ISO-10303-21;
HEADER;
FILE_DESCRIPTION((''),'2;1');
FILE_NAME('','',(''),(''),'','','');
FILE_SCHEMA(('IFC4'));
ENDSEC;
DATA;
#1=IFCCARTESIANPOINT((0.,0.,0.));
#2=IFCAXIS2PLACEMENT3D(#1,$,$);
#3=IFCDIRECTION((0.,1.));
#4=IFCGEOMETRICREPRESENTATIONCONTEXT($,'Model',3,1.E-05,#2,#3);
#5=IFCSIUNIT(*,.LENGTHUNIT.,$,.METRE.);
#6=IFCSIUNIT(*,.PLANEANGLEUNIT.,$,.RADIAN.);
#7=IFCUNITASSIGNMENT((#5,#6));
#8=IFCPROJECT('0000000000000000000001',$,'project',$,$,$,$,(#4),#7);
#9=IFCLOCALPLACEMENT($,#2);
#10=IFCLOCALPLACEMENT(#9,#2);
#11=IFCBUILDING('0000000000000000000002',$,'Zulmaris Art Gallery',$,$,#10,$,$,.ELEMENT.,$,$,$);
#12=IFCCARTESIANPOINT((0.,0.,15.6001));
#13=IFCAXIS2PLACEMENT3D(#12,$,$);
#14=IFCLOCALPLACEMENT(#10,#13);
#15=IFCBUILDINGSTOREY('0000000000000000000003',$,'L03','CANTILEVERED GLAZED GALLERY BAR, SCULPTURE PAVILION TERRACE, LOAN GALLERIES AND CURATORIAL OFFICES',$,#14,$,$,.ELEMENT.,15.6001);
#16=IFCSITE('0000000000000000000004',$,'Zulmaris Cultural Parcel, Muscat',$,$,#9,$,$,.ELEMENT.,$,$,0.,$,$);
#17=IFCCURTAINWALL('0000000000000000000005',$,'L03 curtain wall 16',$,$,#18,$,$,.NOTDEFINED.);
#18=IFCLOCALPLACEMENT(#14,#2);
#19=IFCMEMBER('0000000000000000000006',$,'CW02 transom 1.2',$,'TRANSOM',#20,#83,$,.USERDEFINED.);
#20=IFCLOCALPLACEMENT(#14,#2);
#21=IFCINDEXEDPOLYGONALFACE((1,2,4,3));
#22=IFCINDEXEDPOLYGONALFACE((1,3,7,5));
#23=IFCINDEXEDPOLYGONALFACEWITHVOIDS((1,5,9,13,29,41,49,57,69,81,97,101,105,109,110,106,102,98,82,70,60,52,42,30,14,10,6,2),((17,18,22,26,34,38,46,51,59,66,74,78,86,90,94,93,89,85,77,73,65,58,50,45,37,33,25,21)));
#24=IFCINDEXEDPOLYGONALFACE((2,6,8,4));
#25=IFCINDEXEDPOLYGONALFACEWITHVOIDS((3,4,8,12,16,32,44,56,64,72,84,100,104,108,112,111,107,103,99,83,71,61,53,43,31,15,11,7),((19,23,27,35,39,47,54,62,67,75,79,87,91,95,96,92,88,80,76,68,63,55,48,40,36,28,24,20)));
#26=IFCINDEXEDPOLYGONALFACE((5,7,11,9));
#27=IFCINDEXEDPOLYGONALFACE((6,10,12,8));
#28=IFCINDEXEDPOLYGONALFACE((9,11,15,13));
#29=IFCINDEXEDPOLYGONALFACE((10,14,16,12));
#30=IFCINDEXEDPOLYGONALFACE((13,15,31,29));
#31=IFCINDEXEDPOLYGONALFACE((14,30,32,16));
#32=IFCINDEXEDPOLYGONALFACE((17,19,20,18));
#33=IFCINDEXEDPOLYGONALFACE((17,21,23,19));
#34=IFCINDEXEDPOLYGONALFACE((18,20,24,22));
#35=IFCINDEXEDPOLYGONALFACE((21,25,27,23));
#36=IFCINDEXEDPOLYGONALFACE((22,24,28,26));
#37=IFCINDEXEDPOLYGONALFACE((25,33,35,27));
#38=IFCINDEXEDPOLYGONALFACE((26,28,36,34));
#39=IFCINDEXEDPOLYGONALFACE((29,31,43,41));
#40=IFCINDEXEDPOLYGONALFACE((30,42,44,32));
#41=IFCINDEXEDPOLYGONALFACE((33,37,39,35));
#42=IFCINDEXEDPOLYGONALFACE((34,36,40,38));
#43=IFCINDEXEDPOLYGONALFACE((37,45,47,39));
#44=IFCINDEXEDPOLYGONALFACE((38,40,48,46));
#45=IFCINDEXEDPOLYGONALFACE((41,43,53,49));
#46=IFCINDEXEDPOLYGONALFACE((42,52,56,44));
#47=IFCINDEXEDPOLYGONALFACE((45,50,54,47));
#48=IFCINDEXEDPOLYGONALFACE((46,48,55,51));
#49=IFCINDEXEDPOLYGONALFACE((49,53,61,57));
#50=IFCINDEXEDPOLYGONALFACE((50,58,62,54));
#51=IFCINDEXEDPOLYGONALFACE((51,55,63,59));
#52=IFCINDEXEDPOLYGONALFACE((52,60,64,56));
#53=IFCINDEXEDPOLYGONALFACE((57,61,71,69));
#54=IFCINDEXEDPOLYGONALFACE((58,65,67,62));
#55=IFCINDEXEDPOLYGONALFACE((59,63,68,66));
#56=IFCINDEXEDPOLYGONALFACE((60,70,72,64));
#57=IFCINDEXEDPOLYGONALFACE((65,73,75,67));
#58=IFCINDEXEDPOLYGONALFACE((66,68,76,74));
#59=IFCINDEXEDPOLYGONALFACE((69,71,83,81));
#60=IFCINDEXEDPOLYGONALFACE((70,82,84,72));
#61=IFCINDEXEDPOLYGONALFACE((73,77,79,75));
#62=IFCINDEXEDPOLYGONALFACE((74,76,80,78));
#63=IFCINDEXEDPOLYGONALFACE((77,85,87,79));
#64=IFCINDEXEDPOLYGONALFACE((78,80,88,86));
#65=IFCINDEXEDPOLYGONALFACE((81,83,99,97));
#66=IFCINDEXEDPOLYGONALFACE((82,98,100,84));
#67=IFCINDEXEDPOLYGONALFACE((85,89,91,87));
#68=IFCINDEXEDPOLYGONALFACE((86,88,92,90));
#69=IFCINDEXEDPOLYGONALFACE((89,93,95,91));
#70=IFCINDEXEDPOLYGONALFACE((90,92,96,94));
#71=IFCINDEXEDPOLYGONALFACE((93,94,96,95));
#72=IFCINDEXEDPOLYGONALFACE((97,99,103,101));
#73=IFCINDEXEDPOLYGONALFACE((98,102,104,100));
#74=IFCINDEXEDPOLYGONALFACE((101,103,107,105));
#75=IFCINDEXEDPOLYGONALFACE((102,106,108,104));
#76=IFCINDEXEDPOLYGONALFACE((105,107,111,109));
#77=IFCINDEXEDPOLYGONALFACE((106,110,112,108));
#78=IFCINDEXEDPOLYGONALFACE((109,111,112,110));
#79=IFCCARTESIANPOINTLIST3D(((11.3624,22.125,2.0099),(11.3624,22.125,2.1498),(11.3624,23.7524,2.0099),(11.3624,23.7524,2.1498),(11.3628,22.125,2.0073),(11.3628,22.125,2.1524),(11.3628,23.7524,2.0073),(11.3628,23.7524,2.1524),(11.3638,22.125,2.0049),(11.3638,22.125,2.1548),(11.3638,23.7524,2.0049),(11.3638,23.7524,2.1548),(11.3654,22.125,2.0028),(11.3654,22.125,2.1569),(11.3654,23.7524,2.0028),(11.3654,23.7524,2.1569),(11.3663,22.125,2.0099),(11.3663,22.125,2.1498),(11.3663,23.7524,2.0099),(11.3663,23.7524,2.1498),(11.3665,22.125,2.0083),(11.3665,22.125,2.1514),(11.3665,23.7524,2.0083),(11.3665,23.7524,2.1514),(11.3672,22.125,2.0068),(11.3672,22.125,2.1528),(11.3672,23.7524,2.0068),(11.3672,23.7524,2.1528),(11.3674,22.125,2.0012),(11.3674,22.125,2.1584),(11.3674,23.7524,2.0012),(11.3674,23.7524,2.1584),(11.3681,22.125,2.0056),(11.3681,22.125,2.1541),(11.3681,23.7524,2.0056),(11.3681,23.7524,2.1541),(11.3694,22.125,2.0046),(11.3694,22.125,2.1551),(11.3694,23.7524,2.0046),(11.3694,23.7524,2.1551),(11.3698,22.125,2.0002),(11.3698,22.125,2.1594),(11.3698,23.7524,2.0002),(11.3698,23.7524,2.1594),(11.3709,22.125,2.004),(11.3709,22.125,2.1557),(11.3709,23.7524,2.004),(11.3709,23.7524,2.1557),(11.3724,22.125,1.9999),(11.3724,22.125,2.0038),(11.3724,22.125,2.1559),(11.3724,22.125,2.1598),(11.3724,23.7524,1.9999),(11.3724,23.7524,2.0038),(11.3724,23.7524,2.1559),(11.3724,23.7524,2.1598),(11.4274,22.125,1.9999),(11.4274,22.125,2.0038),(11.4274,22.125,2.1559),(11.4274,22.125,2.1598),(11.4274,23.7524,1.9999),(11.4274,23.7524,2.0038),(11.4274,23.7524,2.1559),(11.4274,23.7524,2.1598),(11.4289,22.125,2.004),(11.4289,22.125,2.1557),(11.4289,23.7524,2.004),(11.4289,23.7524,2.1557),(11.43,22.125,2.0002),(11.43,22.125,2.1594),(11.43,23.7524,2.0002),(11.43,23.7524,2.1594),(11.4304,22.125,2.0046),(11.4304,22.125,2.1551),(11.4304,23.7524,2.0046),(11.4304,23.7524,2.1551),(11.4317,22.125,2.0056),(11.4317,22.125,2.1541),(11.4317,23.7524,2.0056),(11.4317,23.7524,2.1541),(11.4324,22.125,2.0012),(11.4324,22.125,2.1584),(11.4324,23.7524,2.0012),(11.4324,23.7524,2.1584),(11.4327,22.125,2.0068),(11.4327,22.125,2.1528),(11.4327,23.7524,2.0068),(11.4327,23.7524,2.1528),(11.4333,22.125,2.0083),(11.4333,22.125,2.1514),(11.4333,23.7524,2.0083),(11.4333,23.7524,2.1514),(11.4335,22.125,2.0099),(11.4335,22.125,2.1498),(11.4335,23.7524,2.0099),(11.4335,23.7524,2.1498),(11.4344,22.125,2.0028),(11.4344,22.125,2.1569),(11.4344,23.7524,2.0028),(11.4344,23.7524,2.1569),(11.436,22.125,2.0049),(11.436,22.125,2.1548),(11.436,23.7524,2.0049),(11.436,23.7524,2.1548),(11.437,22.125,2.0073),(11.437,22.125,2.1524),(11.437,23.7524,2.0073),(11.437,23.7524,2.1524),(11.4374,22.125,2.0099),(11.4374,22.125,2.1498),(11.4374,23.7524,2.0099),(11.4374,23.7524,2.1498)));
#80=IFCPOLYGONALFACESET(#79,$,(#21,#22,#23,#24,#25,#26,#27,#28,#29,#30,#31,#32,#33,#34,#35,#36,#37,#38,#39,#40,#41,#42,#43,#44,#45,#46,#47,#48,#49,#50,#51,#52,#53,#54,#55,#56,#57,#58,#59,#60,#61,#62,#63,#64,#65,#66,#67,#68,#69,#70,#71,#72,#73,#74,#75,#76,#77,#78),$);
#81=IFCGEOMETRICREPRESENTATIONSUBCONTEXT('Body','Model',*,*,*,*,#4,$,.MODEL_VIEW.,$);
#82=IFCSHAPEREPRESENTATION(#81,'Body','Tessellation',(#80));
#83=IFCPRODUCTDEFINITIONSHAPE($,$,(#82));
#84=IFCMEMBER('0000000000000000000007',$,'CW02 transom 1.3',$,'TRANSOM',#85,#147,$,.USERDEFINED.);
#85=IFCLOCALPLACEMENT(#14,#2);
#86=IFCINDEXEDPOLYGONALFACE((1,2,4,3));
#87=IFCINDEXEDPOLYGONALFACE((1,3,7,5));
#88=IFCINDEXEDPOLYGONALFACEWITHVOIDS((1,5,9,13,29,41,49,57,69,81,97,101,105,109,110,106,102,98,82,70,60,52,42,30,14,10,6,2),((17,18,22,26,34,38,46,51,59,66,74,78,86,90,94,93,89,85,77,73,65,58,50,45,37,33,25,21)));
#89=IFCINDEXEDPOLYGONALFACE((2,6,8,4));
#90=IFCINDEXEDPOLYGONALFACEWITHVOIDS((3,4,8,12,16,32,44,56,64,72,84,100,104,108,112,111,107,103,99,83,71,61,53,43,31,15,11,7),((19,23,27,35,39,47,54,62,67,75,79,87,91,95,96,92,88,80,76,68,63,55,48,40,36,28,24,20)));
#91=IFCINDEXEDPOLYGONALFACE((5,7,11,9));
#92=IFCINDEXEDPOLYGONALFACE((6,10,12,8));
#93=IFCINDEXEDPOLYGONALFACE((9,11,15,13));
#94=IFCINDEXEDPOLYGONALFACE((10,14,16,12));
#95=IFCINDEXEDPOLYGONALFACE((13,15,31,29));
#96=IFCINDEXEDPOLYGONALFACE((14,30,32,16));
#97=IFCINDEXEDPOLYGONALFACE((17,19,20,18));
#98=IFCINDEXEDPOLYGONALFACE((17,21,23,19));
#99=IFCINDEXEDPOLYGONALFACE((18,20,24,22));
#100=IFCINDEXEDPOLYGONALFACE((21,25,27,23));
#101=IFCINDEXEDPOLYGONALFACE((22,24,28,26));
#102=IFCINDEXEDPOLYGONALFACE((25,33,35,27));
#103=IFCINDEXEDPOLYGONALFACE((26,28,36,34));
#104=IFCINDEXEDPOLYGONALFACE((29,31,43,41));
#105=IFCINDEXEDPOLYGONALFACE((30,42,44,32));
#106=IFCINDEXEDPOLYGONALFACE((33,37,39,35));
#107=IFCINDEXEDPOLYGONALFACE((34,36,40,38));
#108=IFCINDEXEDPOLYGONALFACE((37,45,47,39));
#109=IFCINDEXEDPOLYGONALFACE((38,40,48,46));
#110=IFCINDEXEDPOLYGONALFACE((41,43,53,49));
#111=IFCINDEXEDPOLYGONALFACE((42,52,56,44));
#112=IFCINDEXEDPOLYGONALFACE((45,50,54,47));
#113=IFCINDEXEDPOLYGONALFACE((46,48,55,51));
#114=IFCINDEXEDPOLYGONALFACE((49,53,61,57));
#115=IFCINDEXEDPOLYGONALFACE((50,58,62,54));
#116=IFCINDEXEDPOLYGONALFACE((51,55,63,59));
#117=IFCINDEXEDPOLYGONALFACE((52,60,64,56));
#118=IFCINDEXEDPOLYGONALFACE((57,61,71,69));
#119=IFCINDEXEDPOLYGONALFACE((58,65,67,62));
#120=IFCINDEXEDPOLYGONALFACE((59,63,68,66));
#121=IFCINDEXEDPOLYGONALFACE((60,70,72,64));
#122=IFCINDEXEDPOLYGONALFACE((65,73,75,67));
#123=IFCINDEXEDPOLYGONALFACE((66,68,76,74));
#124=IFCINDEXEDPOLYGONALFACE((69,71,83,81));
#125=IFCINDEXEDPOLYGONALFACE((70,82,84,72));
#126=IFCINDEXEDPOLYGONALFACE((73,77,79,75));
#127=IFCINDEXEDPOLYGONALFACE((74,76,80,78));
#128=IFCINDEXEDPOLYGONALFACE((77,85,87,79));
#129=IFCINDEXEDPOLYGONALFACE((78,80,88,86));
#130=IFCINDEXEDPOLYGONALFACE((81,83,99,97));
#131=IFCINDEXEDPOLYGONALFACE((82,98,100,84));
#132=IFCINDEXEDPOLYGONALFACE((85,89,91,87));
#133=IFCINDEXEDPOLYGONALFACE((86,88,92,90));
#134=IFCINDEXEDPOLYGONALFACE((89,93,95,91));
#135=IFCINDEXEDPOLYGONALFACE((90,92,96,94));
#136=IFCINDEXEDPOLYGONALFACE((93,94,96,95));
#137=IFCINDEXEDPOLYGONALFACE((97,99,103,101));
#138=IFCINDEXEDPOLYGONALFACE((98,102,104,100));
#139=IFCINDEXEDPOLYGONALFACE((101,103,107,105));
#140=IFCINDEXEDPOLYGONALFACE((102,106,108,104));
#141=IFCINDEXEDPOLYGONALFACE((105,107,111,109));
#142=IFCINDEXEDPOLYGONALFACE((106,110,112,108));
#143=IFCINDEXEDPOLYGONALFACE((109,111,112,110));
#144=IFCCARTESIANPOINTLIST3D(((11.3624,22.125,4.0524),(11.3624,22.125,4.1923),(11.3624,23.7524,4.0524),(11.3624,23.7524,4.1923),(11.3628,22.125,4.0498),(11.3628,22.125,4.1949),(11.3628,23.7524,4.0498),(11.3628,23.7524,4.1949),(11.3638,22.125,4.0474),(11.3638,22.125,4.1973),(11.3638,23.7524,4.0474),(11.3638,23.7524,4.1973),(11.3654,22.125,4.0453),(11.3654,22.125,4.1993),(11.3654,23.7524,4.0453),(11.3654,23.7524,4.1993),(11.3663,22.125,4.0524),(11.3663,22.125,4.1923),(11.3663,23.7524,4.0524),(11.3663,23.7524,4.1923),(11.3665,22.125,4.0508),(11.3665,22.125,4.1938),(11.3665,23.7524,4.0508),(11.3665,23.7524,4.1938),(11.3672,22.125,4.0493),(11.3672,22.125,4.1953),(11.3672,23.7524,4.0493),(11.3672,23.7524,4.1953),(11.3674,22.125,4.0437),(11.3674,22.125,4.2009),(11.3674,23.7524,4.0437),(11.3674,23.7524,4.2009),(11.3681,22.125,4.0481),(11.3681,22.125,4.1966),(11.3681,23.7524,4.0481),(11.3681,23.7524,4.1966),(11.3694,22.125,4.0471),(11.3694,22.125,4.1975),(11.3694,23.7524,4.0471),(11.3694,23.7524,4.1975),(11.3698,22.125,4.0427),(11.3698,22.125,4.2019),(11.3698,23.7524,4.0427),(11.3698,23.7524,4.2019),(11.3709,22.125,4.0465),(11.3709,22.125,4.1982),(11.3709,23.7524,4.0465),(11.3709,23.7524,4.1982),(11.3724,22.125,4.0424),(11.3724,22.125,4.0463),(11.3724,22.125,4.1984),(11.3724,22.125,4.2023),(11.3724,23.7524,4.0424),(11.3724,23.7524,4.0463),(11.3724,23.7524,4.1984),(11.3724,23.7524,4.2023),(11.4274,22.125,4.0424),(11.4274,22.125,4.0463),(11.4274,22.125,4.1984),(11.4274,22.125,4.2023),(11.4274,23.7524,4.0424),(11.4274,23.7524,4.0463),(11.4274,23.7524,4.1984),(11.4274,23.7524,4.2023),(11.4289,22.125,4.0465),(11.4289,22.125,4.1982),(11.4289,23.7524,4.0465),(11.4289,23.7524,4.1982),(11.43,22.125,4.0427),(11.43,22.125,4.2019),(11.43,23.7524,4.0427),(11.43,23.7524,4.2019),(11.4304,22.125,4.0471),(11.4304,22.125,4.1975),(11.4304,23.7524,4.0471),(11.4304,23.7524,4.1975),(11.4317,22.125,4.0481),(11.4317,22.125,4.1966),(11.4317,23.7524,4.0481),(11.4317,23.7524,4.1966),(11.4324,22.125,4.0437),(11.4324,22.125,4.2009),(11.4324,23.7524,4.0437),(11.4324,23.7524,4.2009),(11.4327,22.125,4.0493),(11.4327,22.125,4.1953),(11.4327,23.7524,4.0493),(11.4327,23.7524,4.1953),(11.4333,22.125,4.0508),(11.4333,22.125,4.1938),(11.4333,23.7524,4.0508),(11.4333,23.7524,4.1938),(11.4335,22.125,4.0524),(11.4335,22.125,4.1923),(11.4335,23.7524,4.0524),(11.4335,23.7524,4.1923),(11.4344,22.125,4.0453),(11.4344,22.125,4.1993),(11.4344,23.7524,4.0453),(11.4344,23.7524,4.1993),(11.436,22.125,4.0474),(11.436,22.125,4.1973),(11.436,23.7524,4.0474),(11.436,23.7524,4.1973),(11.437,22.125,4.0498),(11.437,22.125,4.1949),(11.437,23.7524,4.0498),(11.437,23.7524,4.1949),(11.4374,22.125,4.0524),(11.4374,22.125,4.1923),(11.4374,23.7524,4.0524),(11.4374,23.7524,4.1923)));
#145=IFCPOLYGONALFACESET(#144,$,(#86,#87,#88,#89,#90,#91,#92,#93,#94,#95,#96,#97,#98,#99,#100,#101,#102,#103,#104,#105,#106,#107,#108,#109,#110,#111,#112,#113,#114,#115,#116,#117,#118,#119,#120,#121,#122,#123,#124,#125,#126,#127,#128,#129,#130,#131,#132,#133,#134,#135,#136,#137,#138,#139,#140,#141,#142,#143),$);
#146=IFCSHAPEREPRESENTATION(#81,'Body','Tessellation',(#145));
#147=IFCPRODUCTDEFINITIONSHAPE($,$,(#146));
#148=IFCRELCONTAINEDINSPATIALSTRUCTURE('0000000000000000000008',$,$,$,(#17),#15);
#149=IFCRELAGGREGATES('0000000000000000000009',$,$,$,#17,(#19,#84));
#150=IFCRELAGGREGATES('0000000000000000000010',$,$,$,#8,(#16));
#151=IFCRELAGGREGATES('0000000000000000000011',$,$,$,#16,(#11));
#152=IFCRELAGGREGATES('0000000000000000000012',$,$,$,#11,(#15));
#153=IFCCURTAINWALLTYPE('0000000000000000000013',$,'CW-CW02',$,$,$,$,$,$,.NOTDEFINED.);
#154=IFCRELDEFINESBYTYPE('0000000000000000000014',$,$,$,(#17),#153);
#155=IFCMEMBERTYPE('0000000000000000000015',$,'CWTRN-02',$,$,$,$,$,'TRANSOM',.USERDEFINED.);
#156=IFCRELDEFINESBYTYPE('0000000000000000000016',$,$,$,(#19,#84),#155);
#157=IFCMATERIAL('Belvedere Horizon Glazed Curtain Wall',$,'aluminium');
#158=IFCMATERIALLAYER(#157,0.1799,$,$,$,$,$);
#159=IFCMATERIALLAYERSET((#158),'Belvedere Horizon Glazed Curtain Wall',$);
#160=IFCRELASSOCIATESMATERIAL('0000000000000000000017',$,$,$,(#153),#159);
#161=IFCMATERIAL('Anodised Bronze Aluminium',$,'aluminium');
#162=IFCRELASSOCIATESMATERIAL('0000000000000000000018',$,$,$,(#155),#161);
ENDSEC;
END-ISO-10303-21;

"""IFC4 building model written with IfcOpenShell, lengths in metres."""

from ifc_helpers import new_model, si_unit, direction, frame, origin, origin_2d, place, context, subcontext, project, spatial, hollow_rectangle, extrude, material, layer, layer_set, material_profile, profile_set, type_object, element, aggregate, save


model = new_model("IFC4")

# Units and contexts
model_context = context("Model", 3, precision=1e-05, world=origin(), true_north=direction((0.0, 1.0)))
body_context = subcontext(model_context, "Body", "Model", "MODEL_VIEW")
ifc_project = project(units=[si_unit("LENGTHUNIT", "METRE"), si_unit("PLANEANGLEUNIT", "RADIAN")], contexts=[model_context])

# Site, building, storey
site_placement = place(None, origin())
site = spatial("IfcSite", under=ifc_project, at=site_placement, Name="Zulmaris Cultural Parcel, Muscat", CompositionType="ELEMENT", RefElevation=0.0)
building_placement = place(site_placement, origin())
building = spatial("IfcBuilding", under=site, at=building_placement, Name="Zulmaris Art Gallery", CompositionType="ELEMENT")
storey_placement = place(building_placement, frame((0.0, 0.0, 15.6001)))
storey = spatial("IfcBuildingStorey", under=building, at=storey_placement, Name="L03", Description="CANTILEVERED GLAZED GALLERY BAR, SCULPTURE PAVILION TERRACE, LOAN GALLERIES AND CURATORIAL OFFICES", CompositionType="ELEMENT", Elevation=15.6001)

# Curtain wall
ifc_material_1 = material(Name="Belvedere Horizon Glazed Curtain Wall", Category="aluminium")
ifc_layer_1 = layer(ifc_material_1, 0.1799)
ifc_layer_set_1 = layer_set([ifc_layer_1], Name="Belvedere Horizon Glazed Curtain Wall")
curtain_wall_type_1 = type_object("IfcCurtainWallType", Name="CW-CW02", PredefinedType="NOTDEFINED", material=ifc_layer_set_1)
curtain_wall_1_placement = place(storey_placement, origin())
curtain_wall_1 = element("IfcCurtainWall", 1, at=curtain_wall_1_placement, inside=storey, type_object=curtain_wall_type_1, Name="L03 curtain wall 16", PredefinedType="NOTDEFINED")
ifc_material_2 = material(Name="Anodised Bronze Aluminium", Category="aluminium")

# Members
ifc_material_profile_1 = material_profile(ifc_material_2, hollow_rectangle(XDim=0.075, YDim=0.1599, WallThickness=0.0039, InnerFilletRadius=0.0061, OuterFilletRadius=0.01, at=origin_2d()), Name="ALU 75x160x4")
ifc_profile_set_1 = profile_set([ifc_material_profile_1], Name="Anodised Bronze Aluminium")
member_type_1 = type_object("IfcMemberType", Name="CWTRN-02", ElementType="TRANSOM", PredefinedType="USERDEFINED", material=ifc_profile_set_1)
member_1_placement = place(storey_placement, frame((11.3999, 22.125, 2.0798), z_axis=(0.0, 1.0, 0.0), x_axis=(-1.0, 0.0, 0.0)))
member_1 = element("IfcMember", 2, at=member_1_placement, type_object=member_type_1, Name="CW02 transom 1.2", ObjectType="TRANSOM", PredefinedType="USERDEFINED", context=body_context, shape_type="SweptSolid", body=[
    extrude(hollow_rectangle(XDim=0.075, YDim=0.1599, WallThickness=0.0039, InnerFilletRadius=0.0061, OuterFilletRadius=0.01, at=origin_2d()), origin(), (0.0, 0.0, 1.0), 1.6274),
])
member_2_placement = place(storey_placement, frame((11.3999, 22.125, 4.1223), z_axis=(0.0, 1.0, 0.0), x_axis=(-1.0, 0.0, 0.0)))
member_2 = element("IfcMember", 3, at=member_2_placement, type_object=member_type_1, Name="CW02 transom 1.3", ObjectType="TRANSOM", PredefinedType="USERDEFINED", context=body_context, shape_type="SweptSolid", body=[
    extrude(hollow_rectangle(XDim=0.075, YDim=0.1599, WallThickness=0.0039, InnerFilletRadius=0.0061, OuterFilletRadius=0.01, at=origin_2d()), origin(), (0.0, 0.0, 1.0), 1.6274),
])

aggregate(curtain_wall_1, [member_1, member_2])

save(model, "model.ifc")
